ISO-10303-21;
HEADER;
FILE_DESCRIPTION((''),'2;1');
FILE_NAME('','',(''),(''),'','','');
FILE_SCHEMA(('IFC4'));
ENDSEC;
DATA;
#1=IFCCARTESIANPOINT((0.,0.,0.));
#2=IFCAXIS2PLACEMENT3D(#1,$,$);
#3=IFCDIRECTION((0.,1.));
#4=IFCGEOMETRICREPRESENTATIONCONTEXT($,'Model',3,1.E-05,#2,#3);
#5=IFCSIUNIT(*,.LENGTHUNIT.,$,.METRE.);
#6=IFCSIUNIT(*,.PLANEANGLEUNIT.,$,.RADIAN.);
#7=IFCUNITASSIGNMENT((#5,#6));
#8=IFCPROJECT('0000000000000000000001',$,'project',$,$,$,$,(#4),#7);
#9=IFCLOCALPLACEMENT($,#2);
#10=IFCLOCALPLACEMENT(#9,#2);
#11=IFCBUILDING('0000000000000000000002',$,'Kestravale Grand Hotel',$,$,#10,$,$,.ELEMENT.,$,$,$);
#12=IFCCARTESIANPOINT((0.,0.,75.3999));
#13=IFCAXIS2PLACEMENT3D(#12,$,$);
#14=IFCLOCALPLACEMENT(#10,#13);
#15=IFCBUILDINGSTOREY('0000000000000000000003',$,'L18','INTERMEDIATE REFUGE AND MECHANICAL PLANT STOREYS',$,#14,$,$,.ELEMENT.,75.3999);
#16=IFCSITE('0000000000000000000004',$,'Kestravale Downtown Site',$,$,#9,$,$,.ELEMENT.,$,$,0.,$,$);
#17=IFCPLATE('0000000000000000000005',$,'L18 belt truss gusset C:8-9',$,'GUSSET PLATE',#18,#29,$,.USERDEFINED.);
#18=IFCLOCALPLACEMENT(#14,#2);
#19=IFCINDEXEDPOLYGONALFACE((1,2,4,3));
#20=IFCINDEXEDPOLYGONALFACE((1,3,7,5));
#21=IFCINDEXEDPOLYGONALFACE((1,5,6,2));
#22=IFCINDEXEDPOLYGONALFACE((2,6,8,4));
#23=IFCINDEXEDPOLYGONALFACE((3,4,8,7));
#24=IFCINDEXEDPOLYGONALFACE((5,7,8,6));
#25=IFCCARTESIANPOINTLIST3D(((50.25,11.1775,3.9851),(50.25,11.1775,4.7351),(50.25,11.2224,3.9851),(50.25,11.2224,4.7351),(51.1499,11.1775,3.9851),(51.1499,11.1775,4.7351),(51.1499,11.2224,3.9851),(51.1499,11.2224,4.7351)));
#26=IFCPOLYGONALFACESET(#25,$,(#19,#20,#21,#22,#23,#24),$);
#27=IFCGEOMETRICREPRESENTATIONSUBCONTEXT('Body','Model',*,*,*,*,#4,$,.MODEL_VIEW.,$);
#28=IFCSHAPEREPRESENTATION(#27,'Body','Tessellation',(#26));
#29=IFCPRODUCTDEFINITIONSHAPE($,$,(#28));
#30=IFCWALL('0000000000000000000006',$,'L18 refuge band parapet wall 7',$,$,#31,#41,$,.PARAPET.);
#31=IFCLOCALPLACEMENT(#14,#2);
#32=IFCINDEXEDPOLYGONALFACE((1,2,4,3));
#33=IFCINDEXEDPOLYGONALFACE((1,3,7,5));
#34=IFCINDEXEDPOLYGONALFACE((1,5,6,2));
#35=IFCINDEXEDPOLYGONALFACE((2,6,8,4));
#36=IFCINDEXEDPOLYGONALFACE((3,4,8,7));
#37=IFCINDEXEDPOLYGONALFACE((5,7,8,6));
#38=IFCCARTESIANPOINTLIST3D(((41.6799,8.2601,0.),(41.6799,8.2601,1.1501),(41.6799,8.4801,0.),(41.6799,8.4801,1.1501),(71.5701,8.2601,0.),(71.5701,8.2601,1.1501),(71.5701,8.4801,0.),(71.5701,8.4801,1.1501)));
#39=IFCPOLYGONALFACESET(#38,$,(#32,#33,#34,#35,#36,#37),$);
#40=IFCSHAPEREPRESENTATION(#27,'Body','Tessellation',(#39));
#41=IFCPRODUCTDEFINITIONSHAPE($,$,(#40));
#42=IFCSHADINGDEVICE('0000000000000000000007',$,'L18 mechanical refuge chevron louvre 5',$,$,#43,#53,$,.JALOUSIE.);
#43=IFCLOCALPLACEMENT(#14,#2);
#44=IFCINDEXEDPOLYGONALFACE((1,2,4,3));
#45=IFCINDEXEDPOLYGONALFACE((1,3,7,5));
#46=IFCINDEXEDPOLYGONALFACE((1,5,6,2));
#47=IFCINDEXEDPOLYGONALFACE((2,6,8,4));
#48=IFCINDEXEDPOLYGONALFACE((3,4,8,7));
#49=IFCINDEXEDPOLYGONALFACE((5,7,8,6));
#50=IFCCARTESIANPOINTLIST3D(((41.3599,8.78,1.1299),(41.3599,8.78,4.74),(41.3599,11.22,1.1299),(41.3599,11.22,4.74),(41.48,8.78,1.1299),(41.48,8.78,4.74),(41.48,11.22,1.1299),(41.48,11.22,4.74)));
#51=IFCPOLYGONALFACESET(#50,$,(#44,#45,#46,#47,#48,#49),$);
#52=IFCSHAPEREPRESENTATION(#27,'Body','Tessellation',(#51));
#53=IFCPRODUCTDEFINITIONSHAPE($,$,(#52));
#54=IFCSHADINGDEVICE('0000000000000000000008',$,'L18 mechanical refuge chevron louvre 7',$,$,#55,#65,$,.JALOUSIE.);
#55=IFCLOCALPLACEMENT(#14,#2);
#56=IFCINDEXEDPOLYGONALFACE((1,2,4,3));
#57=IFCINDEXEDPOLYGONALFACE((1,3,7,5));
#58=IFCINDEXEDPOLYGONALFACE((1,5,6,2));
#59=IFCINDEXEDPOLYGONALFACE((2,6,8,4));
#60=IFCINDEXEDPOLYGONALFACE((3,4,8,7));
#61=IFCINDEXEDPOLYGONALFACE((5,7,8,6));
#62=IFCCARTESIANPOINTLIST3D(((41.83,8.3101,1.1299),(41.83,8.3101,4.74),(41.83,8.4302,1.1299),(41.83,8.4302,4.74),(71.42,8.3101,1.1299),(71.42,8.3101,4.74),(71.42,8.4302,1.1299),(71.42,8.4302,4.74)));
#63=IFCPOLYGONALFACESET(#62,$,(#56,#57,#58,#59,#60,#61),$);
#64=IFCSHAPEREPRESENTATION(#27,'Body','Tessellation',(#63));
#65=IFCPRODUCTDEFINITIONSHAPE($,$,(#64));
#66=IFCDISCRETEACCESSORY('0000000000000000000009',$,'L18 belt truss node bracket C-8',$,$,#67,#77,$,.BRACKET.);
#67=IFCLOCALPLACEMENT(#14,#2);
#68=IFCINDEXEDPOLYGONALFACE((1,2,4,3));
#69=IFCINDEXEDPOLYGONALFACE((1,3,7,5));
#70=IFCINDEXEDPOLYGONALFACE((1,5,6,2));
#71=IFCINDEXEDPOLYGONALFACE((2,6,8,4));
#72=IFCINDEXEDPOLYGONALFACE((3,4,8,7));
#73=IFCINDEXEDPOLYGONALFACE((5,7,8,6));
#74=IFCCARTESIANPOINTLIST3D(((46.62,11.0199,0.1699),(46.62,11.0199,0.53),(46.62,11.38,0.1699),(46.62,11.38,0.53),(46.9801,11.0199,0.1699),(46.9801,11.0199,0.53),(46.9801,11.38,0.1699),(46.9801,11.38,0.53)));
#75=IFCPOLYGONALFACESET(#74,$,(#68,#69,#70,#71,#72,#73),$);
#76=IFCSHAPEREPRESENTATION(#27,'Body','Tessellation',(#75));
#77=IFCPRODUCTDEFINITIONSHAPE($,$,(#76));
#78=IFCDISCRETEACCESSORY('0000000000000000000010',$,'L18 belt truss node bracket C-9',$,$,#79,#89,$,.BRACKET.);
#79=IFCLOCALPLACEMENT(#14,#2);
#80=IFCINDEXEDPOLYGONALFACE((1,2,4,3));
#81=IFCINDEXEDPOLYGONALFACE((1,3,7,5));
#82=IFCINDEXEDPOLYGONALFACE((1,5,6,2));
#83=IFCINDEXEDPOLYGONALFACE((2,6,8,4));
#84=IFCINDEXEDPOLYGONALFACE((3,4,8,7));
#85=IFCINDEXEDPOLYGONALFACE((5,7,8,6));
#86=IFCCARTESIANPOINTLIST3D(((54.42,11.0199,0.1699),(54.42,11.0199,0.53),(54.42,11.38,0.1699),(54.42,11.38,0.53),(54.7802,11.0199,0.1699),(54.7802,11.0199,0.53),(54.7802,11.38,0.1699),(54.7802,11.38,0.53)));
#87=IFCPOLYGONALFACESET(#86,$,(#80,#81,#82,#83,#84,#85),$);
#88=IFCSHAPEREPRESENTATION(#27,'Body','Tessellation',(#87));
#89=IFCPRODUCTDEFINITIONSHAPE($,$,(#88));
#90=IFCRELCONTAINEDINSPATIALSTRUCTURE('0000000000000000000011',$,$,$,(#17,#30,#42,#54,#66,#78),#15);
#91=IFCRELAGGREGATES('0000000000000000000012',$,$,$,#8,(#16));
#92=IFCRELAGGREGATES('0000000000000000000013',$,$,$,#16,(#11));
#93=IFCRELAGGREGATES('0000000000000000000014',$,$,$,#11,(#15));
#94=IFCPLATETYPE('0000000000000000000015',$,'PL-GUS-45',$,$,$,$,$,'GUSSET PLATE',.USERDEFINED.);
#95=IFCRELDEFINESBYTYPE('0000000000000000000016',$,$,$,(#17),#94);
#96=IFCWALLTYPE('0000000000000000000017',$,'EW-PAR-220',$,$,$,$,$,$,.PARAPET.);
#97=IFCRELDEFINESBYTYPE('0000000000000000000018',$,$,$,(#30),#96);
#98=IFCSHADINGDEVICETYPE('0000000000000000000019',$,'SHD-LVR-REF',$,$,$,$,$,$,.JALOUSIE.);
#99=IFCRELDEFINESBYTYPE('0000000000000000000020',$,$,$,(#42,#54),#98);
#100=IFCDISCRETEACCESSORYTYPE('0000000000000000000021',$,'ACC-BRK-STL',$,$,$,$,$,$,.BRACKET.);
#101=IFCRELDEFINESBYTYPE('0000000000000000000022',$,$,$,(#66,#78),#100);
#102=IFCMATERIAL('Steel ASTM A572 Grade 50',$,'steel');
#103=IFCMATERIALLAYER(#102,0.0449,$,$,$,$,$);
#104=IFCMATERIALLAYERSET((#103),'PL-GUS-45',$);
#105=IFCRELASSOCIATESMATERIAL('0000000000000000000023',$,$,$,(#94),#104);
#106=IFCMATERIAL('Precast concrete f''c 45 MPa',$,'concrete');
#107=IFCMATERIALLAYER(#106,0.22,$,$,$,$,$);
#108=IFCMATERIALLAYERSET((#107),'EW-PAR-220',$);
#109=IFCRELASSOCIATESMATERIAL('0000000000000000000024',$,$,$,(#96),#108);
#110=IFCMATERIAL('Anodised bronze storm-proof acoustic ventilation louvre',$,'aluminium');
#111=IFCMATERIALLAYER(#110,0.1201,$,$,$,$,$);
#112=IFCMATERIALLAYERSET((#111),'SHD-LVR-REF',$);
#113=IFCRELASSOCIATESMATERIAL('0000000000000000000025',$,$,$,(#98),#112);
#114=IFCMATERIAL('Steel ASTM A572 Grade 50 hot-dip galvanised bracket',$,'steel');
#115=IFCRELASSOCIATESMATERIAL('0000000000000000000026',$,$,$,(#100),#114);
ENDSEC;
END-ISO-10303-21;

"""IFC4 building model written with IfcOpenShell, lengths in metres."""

from ifc_helpers import new_model, si_unit, direction, frame, frame_2d, origin, origin_2d, place, context, subcontext, project, spatial, rectangle, extrude, material, layer, layer_set, type_object, element, save


model = new_model("IFC4")

# Units and contexts
model_context = context("Model", 3, precision=1e-05, world=origin(), true_north=direction((0.0, 1.0)))
body_context = subcontext(model_context, "Body", "Model", "MODEL_VIEW")
ifc_project = project(units=[si_unit("LENGTHUNIT", "METRE"), si_unit("PLANEANGLEUNIT", "RADIAN")], contexts=[model_context])

# Site, building, storey
site_placement = place(None, origin())
site = spatial("IfcSite", under=ifc_project, at=site_placement, Name="Kestravale Downtown Site", CompositionType="ELEMENT", RefElevation=0.0)
building_placement = place(site_placement, origin())
building = spatial("IfcBuilding", under=site, at=building_placement, Name="Kestravale Grand Hotel", CompositionType="ELEMENT")
storey_placement = place(building_placement, frame((0.0, 0.0, 75.3999)))
storey = spatial("IfcBuildingStorey", under=building, at=storey_placement, Name="L18", Description="INTERMEDIATE REFUGE AND MECHANICAL PLANT STOREYS", CompositionType="ELEMENT", Elevation=75.3999)

# Plate
ifc_material_1 = material(Name="Steel ASTM A572 Grade 50", Category="steel")
ifc_layer_1 = layer(ifc_material_1, 0.0449)
ifc_layer_set_1 = layer_set([ifc_layer_1], Name="PL-GUS-45")
plate_type = type_object("IfcPlateType", Name="PL-GUS-45", ElementType="GUSSET PLATE", PredefinedType="USERDEFINED", material=ifc_layer_set_1)
plate_placement = place(storey_placement, frame((50.7, 11.2, 3.9851), z_axis=(0.0, 0.0, 1.0), x_axis=(1.0, 0.0, 0.0)))
element("IfcPlate", 1, at=plate_placement, inside=storey, type_object=plate_type, Name="L18 belt truss gusset C:8-9", ObjectType="GUSSET PLATE", PredefinedType="USERDEFINED", context=body_context, shape_type="SweptSolid", body=[
    extrude(rectangle(XDim=0.8999, YDim=0.0449, at=origin_2d()), origin(), (0.0, 0.0, 1.0), 0.75),
])

# Wall
ifc_material_2 = material(Name="Precast concrete f'c 45 MPa", Category="concrete")
ifc_layer_2 = layer(ifc_material_2, 0.22)
ifc_layer_set_2 = layer_set([ifc_layer_2], Name="EW-PAR-220")
wall_type = type_object("IfcWallType", Name="EW-PAR-220", PredefinedType="PARAPET", material=ifc_layer_set_2)
wall_placement = place(storey_placement, frame((41.6799, 8.3701, 0.0), z_axis=(0.0, 0.0, 1.0), x_axis=(1.0, 0.0, 0.0)))
element("IfcWall", 2, at=wall_placement, inside=storey, type_object=wall_type, Name="L18 refuge band parapet wall 7", PredefinedType="PARAPET", context=body_context, shape_type="SweptSolid", body=[
    extrude(rectangle(XDim=29.8901, YDim=0.22, at=frame_2d((14.9451, 0.0))), origin(), (0.0, 0.0, 1.0), 1.1501),
])

# Shading devices
ifc_material_3 = material(Name="Anodised bronze storm-proof acoustic ventilation louvre", Category="aluminium")
ifc_layer_3 = layer(ifc_material_3, 0.1201)
ifc_layer_set_3 = layer_set([ifc_layer_3], Name="SHD-LVR-REF")
shading_device_type = type_object("IfcShadingDeviceType", Name="SHD-LVR-REF", PredefinedType="JALOUSIE", material=ifc_layer_set_3)
shading_device_1_placement = place(storey_placement, frame((41.4199, 10.0, 1.1299), z_axis=(0.0, 0.0, 1.0), x_axis=(0.0, -1.0, 0.0)))
element("IfcShadingDevice", 3, at=shading_device_1_placement, inside=storey, type_object=shading_device_type, Name="L18 mechanical refuge chevron louvre 5", PredefinedType="JALOUSIE", context=body_context, shape_type="SweptSolid", body=[
    extrude(rectangle(XDim=2.4399, YDim=0.1201, at=origin_2d()), origin(), (0.0, 0.0, 1.0), 3.6101),
])
shading_device_2_placement = place(storey_placement, frame((56.625, 8.3701, 1.1299), z_axis=(0.0, 0.0, 1.0), x_axis=(1.0, 0.0, 0.0)))
element("IfcShadingDevice", 4, at=shading_device_2_placement, inside=storey, type_object=shading_device_type, Name="L18 mechanical refuge chevron louvre 7", PredefinedType="JALOUSIE", context=body_context, shape_type="SweptSolid", body=[
    extrude(rectangle(XDim=29.5901, YDim=0.1201, at=origin_2d()), origin(), (0.0, 0.0, 1.0), 3.6101),
])

# Discrete accessories
ifc_material_4 = material(Name="Steel ASTM A572 Grade 50 hot-dip galvanised bracket", Category="steel")
discrete_accessory_type = type_object("IfcDiscreteAccessoryType", Name="ACC-BRK-STL", PredefinedType="BRACKET", material=ifc_material_4)
for number, where, z_axis, x_axis, name in (
    (5, (46.8, 11.2, 0.1699), (0.0, 0.0, 1.0), (1.0, 0.0, 0.0), "L18 belt truss node bracket C-8"),
    (6, (54.6001, 11.2, 0.1699), (0.0, 0.0, 1.0), (1.0, 0.0, 0.0), "L18 belt truss node bracket C-9"),
):
    element("IfcDiscreteAccessory", number, at=place(storey_placement, frame(where, z_axis=z_axis, x_axis=x_axis)), inside=storey, type_object=discrete_accessory_type, Name=name, PredefinedType="BRACKET", context=body_context, shape_type="SweptSolid", body=[
        extrude(rectangle(XDim=0.3601, YDim=0.3601, at=origin_2d()), origin(), (0.0, 0.0, 1.0), 0.3601),
    ])

save(model, "model.ifc")
